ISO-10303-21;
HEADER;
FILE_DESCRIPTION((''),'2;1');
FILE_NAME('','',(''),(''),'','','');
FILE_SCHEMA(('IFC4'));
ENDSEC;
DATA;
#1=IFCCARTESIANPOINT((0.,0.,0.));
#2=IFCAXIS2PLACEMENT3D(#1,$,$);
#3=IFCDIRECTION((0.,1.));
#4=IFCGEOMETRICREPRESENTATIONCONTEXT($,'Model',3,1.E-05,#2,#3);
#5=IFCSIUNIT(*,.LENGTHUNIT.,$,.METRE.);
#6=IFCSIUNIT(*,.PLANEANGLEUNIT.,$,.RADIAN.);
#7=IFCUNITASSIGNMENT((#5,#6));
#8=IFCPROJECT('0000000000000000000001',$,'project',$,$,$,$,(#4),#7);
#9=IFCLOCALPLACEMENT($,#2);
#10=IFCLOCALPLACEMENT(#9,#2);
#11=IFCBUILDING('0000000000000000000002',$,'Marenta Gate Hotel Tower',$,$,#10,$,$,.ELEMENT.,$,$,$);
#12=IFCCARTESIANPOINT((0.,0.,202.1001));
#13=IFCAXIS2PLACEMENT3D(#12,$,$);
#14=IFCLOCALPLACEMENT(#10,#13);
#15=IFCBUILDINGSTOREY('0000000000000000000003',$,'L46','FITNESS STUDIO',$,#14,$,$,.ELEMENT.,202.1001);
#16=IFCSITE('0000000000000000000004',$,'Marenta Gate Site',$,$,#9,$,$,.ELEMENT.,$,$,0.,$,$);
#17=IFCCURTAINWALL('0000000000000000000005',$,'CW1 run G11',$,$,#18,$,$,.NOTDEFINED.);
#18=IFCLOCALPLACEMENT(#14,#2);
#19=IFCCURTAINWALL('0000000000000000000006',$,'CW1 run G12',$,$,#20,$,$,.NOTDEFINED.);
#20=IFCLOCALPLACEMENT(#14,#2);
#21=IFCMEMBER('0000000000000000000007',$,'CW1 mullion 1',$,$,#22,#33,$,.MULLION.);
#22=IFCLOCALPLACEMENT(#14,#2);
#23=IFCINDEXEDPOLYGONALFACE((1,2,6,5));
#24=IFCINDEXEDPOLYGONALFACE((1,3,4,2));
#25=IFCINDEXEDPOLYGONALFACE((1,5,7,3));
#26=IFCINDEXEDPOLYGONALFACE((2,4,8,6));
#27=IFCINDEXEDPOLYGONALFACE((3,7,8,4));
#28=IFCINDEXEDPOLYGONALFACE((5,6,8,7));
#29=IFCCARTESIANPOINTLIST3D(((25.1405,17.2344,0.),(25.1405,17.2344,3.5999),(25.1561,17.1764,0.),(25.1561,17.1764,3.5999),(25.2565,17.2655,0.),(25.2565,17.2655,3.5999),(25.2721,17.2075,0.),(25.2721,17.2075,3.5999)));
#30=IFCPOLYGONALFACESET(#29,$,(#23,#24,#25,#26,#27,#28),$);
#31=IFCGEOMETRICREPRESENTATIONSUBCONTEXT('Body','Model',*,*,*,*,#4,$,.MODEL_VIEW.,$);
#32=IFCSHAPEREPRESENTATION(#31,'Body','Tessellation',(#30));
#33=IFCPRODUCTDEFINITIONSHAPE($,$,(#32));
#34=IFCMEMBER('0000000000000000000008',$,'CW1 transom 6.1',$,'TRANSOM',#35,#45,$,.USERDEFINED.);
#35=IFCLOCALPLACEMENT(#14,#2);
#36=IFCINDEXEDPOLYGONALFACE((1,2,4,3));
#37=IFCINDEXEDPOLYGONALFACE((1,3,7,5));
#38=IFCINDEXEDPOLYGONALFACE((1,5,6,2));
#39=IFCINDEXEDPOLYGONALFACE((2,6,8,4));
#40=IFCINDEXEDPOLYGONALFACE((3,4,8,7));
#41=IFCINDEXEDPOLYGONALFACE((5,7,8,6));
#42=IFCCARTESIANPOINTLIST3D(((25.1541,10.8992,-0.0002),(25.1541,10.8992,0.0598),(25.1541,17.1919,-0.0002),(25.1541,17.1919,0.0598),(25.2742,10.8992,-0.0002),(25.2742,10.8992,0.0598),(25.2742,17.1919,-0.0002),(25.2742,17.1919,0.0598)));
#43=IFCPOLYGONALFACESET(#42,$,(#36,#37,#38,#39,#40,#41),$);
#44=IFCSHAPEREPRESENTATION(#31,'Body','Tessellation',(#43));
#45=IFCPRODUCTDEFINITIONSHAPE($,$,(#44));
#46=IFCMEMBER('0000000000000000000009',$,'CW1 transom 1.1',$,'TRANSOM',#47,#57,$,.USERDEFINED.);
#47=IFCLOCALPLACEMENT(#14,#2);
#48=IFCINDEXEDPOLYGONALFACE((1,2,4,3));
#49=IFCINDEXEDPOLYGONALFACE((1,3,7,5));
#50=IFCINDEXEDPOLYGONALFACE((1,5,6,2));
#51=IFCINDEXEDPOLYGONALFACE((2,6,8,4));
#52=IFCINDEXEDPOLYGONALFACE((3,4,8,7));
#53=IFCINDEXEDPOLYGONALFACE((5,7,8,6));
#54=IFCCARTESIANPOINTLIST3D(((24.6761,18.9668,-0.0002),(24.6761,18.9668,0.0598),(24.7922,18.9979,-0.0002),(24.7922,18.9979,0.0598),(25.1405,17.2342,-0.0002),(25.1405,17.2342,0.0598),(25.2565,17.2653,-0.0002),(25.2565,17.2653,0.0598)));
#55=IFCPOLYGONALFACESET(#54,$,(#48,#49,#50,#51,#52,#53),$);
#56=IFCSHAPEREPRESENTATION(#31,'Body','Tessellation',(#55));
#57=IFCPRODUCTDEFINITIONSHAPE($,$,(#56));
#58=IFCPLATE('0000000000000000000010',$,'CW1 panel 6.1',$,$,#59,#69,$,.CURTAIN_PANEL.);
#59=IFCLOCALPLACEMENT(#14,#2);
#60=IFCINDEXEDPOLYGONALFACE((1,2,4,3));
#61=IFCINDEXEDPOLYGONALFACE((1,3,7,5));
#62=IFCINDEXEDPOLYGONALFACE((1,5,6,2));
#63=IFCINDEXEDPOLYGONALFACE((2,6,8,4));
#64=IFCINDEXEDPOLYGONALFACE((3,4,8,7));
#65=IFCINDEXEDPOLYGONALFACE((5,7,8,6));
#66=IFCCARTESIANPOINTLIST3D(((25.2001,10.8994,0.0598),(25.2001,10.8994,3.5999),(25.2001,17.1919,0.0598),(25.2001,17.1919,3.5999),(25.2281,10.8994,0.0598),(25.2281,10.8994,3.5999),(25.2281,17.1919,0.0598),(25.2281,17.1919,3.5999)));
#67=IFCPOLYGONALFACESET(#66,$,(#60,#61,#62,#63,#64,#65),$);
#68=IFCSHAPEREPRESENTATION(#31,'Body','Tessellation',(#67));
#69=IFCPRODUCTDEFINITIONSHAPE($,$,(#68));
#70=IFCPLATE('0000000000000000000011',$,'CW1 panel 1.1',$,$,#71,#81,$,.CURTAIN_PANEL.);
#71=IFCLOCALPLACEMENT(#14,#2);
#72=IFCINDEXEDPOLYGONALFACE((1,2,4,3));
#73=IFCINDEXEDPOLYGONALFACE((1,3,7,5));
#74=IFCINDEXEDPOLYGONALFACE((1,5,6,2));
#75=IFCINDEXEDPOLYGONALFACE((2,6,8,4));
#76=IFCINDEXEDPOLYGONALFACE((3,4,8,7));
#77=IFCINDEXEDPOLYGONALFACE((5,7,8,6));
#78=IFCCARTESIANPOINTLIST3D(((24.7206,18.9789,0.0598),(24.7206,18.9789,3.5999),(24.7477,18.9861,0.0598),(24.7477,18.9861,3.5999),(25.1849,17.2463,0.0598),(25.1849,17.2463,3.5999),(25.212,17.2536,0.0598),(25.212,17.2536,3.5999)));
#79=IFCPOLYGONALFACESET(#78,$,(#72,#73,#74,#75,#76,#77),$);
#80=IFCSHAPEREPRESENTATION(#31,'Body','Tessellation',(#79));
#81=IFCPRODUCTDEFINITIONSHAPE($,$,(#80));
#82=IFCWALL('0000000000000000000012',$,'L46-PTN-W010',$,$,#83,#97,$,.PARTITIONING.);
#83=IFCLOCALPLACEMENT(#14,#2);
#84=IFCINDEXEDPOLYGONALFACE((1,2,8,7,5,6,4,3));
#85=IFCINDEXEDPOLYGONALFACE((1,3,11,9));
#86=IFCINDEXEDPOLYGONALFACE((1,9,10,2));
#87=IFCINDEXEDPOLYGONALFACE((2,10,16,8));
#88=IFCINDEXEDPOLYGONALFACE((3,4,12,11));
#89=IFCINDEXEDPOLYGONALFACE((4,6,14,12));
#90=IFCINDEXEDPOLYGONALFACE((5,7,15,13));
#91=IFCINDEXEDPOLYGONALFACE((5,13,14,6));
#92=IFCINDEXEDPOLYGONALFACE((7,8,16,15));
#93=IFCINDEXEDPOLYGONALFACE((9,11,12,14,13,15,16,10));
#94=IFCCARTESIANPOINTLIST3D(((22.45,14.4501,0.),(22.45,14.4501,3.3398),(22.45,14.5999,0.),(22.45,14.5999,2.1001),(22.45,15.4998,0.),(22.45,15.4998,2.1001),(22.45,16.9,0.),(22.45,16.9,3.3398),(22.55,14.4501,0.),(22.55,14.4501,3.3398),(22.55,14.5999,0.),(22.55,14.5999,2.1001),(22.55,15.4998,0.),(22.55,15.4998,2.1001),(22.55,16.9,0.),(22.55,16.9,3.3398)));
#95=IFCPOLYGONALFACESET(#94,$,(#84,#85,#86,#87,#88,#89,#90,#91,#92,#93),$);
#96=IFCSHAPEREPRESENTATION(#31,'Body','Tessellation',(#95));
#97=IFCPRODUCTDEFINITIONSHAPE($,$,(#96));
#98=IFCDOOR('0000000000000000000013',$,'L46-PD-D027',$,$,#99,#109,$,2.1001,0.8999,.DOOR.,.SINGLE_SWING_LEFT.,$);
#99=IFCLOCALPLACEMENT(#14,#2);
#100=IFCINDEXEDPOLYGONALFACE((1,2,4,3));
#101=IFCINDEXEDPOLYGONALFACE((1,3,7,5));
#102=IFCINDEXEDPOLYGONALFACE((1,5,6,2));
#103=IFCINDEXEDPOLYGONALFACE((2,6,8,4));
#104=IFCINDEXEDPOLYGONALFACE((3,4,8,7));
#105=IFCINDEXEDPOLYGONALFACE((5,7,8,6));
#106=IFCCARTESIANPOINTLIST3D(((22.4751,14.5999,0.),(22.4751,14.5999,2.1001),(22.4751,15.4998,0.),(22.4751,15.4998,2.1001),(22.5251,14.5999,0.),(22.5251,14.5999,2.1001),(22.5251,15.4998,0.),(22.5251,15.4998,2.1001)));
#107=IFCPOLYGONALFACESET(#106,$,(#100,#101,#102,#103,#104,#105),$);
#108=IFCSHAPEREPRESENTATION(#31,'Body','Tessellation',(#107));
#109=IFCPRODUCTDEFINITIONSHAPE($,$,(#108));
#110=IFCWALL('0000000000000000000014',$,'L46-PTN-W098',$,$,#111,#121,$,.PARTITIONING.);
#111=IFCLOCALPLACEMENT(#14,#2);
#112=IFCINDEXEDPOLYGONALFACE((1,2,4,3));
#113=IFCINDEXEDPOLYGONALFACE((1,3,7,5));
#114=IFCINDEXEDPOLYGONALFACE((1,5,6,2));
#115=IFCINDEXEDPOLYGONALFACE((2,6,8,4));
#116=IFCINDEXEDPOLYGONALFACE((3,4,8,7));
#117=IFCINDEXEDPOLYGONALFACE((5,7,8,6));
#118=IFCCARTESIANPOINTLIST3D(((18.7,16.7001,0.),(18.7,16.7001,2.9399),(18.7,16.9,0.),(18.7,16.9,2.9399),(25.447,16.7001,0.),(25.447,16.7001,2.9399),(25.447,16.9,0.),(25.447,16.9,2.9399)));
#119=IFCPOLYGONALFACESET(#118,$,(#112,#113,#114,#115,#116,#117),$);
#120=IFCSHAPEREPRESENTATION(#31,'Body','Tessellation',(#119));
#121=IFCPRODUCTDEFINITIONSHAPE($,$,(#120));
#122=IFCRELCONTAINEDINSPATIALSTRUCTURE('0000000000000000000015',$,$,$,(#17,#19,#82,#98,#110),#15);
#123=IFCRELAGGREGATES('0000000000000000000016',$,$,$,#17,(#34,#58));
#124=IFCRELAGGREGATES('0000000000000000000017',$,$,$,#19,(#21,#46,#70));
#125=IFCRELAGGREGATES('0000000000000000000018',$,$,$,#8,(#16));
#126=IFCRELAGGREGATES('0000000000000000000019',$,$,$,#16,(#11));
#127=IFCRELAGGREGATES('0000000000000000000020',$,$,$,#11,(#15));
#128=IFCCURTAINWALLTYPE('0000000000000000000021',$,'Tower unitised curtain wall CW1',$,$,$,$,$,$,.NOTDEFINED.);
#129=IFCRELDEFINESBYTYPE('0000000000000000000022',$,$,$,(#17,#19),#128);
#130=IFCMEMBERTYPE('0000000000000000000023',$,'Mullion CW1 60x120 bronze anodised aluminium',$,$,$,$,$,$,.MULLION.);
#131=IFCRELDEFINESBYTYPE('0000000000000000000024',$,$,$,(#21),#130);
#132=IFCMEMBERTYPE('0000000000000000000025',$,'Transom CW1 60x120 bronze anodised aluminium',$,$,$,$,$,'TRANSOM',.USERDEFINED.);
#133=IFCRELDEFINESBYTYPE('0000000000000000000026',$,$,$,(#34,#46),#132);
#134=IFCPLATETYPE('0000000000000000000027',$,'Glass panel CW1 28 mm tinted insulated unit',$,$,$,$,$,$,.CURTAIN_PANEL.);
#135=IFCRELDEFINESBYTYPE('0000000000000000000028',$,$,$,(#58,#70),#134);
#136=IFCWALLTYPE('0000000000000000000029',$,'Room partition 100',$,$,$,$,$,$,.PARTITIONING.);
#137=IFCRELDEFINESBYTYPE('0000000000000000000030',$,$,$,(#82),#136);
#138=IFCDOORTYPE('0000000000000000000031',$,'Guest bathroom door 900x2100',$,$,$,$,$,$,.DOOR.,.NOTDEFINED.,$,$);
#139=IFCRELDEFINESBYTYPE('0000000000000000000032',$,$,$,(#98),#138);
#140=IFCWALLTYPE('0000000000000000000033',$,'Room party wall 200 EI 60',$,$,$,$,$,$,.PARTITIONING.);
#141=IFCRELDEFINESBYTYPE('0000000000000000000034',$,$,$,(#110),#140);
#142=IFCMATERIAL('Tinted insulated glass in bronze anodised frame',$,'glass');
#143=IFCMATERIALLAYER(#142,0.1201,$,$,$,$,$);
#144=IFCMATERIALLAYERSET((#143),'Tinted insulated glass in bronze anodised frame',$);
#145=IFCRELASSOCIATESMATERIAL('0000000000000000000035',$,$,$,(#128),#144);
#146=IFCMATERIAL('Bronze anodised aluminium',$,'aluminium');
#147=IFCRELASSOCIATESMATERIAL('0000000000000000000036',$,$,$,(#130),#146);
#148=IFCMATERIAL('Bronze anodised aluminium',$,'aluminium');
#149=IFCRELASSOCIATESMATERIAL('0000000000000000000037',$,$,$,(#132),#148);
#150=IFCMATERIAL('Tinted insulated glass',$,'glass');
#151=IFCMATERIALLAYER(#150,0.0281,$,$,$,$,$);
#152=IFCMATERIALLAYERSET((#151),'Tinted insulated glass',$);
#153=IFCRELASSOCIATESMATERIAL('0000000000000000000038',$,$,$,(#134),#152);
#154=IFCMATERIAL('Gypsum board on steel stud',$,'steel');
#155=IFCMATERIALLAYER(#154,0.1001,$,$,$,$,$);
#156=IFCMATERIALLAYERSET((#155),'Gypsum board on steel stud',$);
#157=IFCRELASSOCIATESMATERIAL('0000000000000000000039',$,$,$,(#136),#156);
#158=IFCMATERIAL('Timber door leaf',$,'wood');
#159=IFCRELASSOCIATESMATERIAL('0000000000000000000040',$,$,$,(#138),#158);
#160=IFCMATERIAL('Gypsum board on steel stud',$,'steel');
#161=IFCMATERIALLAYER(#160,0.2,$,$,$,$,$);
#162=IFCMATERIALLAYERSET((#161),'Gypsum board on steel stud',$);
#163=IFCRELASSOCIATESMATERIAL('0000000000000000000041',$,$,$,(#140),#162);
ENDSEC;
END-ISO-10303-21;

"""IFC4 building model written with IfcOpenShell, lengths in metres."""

from ifc_helpers import new_model, si_unit, direction, frame, frame_2d, origin, origin_2d, place, context, subcontext, project, spatial, rectangle, extrude, material, layer, layer_set, material_profile, profile_set, type_object, element, fill, aggregate, save


model = new_model("IFC4")

# Units and contexts
model_context = context("Model", 3, precision=1e-05, world=origin(), true_north=direction((0.0, 1.0)))
body_context = subcontext(model_context, "Body", "Model", "MODEL_VIEW")
ifc_project = project(units=[si_unit("LENGTHUNIT", "METRE"), si_unit("PLANEANGLEUNIT", "RADIAN")], contexts=[model_context])

# Site, building, storey
site_placement = place(None, origin())
site = spatial("IfcSite", under=ifc_project, at=site_placement, Name="Marenta Gate Site", CompositionType="ELEMENT", RefElevation=0.0)
building_placement = place(site_placement, origin())
building = spatial("IfcBuilding", under=site, at=building_placement, Name="Marenta Gate Hotel Tower", CompositionType="ELEMENT")
storey_placement = place(building_placement, frame((0.0, 0.0, 202.1001)))
storey = spatial("IfcBuildingStorey", under=building, at=storey_placement, Name="L46", Description="FITNESS STUDIO", CompositionType="ELEMENT", Elevation=202.1001)

# Curtain walls, member
ifc_material_1 = material(Name="Tinted insulated glass in bronze anodised frame", Category="glass")
ifc_layer_1 = layer(ifc_material_1, 0.1201)
ifc_layer_set_1 = layer_set([ifc_layer_1], Name="Tinted insulated glass in bronze anodised frame")
curtain_wall_type = type_object("IfcCurtainWallType", Name="Tower unitised curtain wall CW1", PredefinedType="NOTDEFINED", material=ifc_layer_set_1)
curtain_wall_1_placement = place(storey_placement, origin())
curtain_wall_1 = element("IfcCurtainWall", 1, at=curtain_wall_1_placement, inside=storey, type_object=curtain_wall_type, Name="CW1 run G11", PredefinedType="NOTDEFINED")
ifc_material_2 = material(Name="Bronze anodised aluminium", Category="aluminium")
ifc_material_profile_1 = material_profile(ifc_material_2, rectangle(XDim=0.1201, YDim=0.0601, at=origin_2d()), Name="Mullion CW1 60x120 bronze anodised aluminium")
ifc_profile_set_1 = profile_set([ifc_material_profile_1], Name="Bronze anodised aluminium")
member_type_1 = type_object("IfcMemberType", Name="Mullion CW1 60x120 bronze anodised aluminium", PredefinedType="MULLION", material=ifc_profile_set_1)
curtain_wall_2_placement = place(storey_placement, origin())
curtain_wall_2 = element("IfcCurtainWall", 2, at=curtain_wall_2_placement, inside=storey, type_object=curtain_wall_type, Name="CW1 run G12", PredefinedType="NOTDEFINED")
member_1_placement = place(storey_placement, frame((25.2063, 17.2209, 0.0), z_axis=(0.0, 0.0, 1.0), x_axis=(-0.965924, -0.258824, 0.0)))
member_1 = element("IfcMember", 3, at=member_1_placement, type_object=member_type_1, Name="CW1 mullion 1", PredefinedType="MULLION", context=body_context, shape_type="SweptSolid", body=[
    extrude(rectangle(XDim=0.1201, YDim=0.0601, at=origin_2d()), origin(), (0.0, 0.0, 1.0), 3.5999),
])

# Members
ifc_material_3 = material(Name="Bronze anodised aluminium", Category="aluminium")
ifc_material_profile_2 = material_profile(ifc_material_3, rectangle(XDim=0.1201, YDim=0.0601, at=origin_2d()), Name="Transom CW1 60x120 bronze anodised aluminium")
ifc_profile_set_2 = profile_set([ifc_material_profile_2], Name="Bronze anodised aluminium")
member_type_2 = type_object("IfcMemberType", Name="Transom CW1 60x120 bronze anodised aluminium", ElementType="TRANSOM", PredefinedType="USERDEFINED", material=ifc_profile_set_2)
member_2_placement = place(storey_placement, frame((25.2141, 10.8992, 0.0298), z_axis=(0.0, 1.0, 0.0), x_axis=(-1.0, 0.0, 0.0)))
member_2 = element("IfcMember", 4, at=member_2_placement, type_object=member_type_2, Name="CW1 transom 6.1", ObjectType="TRANSOM", PredefinedType="USERDEFINED", context=body_context, shape_type="SweptSolid", body=[
    extrude(rectangle(XDim=0.1201, YDim=0.0601, at=origin_2d()), origin(), (0.0, 0.0, 1.0), 6.2927),
])
member_3_placement = place(storey_placement, frame((25.1985, 17.2498, 0.0298), z_axis=(-0.258865, 0.965913, 0.0), x_axis=(-0.965913, -0.258865, 0.0)))
member_3 = element("IfcMember", 5, at=member_3_placement, type_object=member_type_2, Name="CW1 transom 1.1", ObjectType="TRANSOM", PredefinedType="USERDEFINED", context=body_context, shape_type="SweptSolid", body=[
    extrude(rectangle(XDim=0.1201, YDim=0.0601, at=origin_2d()), origin(), (0.0, 0.0, 1.0), 1.7937),
])

# Plates
ifc_material_4 = material(Name="Tinted insulated glass", Category="glass")
ifc_layer_2 = layer(ifc_material_4, 0.0281)
ifc_layer_set_2 = layer_set([ifc_layer_2], Name="Tinted insulated glass")
plate_type = type_object("IfcPlateType", Name="Glass panel CW1 28 mm tinted insulated unit", PredefinedType="CURTAIN_PANEL", material=ifc_layer_set_2)
plate_1_placement = place(storey_placement, frame((25.2141, 14.0457, 0.0598), z_axis=(0.0, 0.0, 1.0), x_axis=(0.0, 1.0, 0.0)))
plate_1 = element("IfcPlate", 6, at=plate_1_placement, type_object=plate_type, Name="CW1 panel 6.1", PredefinedType="CURTAIN_PANEL", context=body_context, shape_type="SweptSolid", body=[
    extrude(rectangle(XDim=6.2925, YDim=0.0281, at=origin_2d()), origin(), (0.0, 0.0, 1.0), 3.54),
])
aggregate(curtain_wall_1, [member_2, plate_1])
plate_2_placement = place(storey_placement, frame((24.9663, 18.1162, 0.0598), z_axis=(0.0, 0.0, 1.0), x_axis=(-0.258824, 0.965924, 0.0)))
plate_2 = element("IfcPlate", 7, at=plate_2_placement, type_object=plate_type, Name="CW1 panel 1.1", PredefinedType="CURTAIN_PANEL", context=body_context, shape_type="SweptSolid", body=[
    extrude(rectangle(XDim=1.7937, YDim=0.0281, at=origin_2d()), origin(), (0.0, 0.0, 1.0), 3.54),
])
aggregate(curtain_wall_2, [member_1, member_3, plate_2])

# Wall, opening, door
ifc_material_5 = material(Name="Gypsum board on steel stud", Category="steel")
ifc_layer_3 = layer(ifc_material_5, 0.1001)
ifc_layer_set_3 = layer_set([ifc_layer_3], Name="Gypsum board on steel stud")
wall_type_1 = type_object("IfcWallType", Name="Room partition 100", PredefinedType="PARTITIONING", material=ifc_layer_set_3)
wall_1_placement = place(storey_placement, frame((22.5, 14.45, 0.0), z_axis=(0.0, 0.0, 1.0), x_axis=(0.0, 1.0, 0.0)))
wall_1 = element("IfcWall", 8, at=wall_1_placement, inside=storey, type_object=wall_type_1, Name="L46-PTN-W010", PredefinedType="PARTITIONING", context=body_context, shape_type="SweptSolid", body=[
    extrude(rectangle(XDim=2.45, YDim=0.1001, at=frame_2d((1.2251, 0.0))), origin(), (0.0, 0.0, 1.0), 3.3398),
])
opening_placement = place(wall_1_placement, frame((0.1499, 0.0, 0.0)))
opening = element("IfcOpeningElement", 9, at=opening_placement, cuts=wall_1, PredefinedType="OPENING", context=body_context, shape_type="SweptSolid", body=[
    extrude(rectangle(XDim=0.8999, YDim=2.1001, at=frame_2d((0.45, 1.05))), frame((0.0, 0.05, 0.0), z_axis=(0.0, -1.0, 0.0), x_axis=(1.0, 0.0, 0.0)), (0.0, 0.0, 1.0), 0.1001),
])
ifc_material_6 = material(Name="Timber door leaf", Category="wood")
door_type = type_object("IfcDoorType", Name="Guest bathroom door 900x2100", OperationType="NOTDEFINED", PredefinedType="DOOR", material=ifc_material_6)
door_placement = place(opening_placement, origin())
door = element("IfcDoor", 10, at=door_placement, inside=storey, type_object=door_type, Name="L46-PD-D027", OperationType="SINGLE_SWING_LEFT", OverallHeight=2.1001, OverallWidth=0.8999, PredefinedType="DOOR", context=body_context, shape_type="SweptSolid", body=[
    extrude(rectangle(XDim=0.8999, YDim=2.1001, at=frame_2d((0.45, 1.05))), frame((0.0, 0.0249, 0.0), z_axis=(0.0, -1.0, 0.0), x_axis=(1.0, 0.0, 0.0)), (0.0, 0.0, 1.0), 0.05),
])
fill(opening, door)

# Wall
ifc_material_7 = material(Name="Gypsum board on steel stud", Category="steel")
ifc_layer_4 = layer(ifc_material_7, 0.2)
ifc_layer_set_4 = layer_set([ifc_layer_4], Name="Gypsum board on steel stud")
wall_type_2 = type_object("IfcWallType", Name="Room party wall 200 EI 60", PredefinedType="PARTITIONING", material=ifc_layer_set_4)
wall_2_placement = place(storey_placement, frame((18.7, 16.8, 0.0), z_axis=(0.0, 0.0, 1.0), x_axis=(1.0, 0.0, 0.0)))
element("IfcWall", 11, at=wall_2_placement, inside=storey, type_object=wall_type_2, Name="L46-PTN-W098", PredefinedType="PARTITIONING", context=body_context, shape_type="SweptSolid", body=[
    extrude(rectangle(XDim=6.7471, YDim=0.2, at=frame_2d((3.3735, 0.0))), origin(), (0.0, 0.0, 1.0), 2.9399),
])

save(model, "model.ifc")
